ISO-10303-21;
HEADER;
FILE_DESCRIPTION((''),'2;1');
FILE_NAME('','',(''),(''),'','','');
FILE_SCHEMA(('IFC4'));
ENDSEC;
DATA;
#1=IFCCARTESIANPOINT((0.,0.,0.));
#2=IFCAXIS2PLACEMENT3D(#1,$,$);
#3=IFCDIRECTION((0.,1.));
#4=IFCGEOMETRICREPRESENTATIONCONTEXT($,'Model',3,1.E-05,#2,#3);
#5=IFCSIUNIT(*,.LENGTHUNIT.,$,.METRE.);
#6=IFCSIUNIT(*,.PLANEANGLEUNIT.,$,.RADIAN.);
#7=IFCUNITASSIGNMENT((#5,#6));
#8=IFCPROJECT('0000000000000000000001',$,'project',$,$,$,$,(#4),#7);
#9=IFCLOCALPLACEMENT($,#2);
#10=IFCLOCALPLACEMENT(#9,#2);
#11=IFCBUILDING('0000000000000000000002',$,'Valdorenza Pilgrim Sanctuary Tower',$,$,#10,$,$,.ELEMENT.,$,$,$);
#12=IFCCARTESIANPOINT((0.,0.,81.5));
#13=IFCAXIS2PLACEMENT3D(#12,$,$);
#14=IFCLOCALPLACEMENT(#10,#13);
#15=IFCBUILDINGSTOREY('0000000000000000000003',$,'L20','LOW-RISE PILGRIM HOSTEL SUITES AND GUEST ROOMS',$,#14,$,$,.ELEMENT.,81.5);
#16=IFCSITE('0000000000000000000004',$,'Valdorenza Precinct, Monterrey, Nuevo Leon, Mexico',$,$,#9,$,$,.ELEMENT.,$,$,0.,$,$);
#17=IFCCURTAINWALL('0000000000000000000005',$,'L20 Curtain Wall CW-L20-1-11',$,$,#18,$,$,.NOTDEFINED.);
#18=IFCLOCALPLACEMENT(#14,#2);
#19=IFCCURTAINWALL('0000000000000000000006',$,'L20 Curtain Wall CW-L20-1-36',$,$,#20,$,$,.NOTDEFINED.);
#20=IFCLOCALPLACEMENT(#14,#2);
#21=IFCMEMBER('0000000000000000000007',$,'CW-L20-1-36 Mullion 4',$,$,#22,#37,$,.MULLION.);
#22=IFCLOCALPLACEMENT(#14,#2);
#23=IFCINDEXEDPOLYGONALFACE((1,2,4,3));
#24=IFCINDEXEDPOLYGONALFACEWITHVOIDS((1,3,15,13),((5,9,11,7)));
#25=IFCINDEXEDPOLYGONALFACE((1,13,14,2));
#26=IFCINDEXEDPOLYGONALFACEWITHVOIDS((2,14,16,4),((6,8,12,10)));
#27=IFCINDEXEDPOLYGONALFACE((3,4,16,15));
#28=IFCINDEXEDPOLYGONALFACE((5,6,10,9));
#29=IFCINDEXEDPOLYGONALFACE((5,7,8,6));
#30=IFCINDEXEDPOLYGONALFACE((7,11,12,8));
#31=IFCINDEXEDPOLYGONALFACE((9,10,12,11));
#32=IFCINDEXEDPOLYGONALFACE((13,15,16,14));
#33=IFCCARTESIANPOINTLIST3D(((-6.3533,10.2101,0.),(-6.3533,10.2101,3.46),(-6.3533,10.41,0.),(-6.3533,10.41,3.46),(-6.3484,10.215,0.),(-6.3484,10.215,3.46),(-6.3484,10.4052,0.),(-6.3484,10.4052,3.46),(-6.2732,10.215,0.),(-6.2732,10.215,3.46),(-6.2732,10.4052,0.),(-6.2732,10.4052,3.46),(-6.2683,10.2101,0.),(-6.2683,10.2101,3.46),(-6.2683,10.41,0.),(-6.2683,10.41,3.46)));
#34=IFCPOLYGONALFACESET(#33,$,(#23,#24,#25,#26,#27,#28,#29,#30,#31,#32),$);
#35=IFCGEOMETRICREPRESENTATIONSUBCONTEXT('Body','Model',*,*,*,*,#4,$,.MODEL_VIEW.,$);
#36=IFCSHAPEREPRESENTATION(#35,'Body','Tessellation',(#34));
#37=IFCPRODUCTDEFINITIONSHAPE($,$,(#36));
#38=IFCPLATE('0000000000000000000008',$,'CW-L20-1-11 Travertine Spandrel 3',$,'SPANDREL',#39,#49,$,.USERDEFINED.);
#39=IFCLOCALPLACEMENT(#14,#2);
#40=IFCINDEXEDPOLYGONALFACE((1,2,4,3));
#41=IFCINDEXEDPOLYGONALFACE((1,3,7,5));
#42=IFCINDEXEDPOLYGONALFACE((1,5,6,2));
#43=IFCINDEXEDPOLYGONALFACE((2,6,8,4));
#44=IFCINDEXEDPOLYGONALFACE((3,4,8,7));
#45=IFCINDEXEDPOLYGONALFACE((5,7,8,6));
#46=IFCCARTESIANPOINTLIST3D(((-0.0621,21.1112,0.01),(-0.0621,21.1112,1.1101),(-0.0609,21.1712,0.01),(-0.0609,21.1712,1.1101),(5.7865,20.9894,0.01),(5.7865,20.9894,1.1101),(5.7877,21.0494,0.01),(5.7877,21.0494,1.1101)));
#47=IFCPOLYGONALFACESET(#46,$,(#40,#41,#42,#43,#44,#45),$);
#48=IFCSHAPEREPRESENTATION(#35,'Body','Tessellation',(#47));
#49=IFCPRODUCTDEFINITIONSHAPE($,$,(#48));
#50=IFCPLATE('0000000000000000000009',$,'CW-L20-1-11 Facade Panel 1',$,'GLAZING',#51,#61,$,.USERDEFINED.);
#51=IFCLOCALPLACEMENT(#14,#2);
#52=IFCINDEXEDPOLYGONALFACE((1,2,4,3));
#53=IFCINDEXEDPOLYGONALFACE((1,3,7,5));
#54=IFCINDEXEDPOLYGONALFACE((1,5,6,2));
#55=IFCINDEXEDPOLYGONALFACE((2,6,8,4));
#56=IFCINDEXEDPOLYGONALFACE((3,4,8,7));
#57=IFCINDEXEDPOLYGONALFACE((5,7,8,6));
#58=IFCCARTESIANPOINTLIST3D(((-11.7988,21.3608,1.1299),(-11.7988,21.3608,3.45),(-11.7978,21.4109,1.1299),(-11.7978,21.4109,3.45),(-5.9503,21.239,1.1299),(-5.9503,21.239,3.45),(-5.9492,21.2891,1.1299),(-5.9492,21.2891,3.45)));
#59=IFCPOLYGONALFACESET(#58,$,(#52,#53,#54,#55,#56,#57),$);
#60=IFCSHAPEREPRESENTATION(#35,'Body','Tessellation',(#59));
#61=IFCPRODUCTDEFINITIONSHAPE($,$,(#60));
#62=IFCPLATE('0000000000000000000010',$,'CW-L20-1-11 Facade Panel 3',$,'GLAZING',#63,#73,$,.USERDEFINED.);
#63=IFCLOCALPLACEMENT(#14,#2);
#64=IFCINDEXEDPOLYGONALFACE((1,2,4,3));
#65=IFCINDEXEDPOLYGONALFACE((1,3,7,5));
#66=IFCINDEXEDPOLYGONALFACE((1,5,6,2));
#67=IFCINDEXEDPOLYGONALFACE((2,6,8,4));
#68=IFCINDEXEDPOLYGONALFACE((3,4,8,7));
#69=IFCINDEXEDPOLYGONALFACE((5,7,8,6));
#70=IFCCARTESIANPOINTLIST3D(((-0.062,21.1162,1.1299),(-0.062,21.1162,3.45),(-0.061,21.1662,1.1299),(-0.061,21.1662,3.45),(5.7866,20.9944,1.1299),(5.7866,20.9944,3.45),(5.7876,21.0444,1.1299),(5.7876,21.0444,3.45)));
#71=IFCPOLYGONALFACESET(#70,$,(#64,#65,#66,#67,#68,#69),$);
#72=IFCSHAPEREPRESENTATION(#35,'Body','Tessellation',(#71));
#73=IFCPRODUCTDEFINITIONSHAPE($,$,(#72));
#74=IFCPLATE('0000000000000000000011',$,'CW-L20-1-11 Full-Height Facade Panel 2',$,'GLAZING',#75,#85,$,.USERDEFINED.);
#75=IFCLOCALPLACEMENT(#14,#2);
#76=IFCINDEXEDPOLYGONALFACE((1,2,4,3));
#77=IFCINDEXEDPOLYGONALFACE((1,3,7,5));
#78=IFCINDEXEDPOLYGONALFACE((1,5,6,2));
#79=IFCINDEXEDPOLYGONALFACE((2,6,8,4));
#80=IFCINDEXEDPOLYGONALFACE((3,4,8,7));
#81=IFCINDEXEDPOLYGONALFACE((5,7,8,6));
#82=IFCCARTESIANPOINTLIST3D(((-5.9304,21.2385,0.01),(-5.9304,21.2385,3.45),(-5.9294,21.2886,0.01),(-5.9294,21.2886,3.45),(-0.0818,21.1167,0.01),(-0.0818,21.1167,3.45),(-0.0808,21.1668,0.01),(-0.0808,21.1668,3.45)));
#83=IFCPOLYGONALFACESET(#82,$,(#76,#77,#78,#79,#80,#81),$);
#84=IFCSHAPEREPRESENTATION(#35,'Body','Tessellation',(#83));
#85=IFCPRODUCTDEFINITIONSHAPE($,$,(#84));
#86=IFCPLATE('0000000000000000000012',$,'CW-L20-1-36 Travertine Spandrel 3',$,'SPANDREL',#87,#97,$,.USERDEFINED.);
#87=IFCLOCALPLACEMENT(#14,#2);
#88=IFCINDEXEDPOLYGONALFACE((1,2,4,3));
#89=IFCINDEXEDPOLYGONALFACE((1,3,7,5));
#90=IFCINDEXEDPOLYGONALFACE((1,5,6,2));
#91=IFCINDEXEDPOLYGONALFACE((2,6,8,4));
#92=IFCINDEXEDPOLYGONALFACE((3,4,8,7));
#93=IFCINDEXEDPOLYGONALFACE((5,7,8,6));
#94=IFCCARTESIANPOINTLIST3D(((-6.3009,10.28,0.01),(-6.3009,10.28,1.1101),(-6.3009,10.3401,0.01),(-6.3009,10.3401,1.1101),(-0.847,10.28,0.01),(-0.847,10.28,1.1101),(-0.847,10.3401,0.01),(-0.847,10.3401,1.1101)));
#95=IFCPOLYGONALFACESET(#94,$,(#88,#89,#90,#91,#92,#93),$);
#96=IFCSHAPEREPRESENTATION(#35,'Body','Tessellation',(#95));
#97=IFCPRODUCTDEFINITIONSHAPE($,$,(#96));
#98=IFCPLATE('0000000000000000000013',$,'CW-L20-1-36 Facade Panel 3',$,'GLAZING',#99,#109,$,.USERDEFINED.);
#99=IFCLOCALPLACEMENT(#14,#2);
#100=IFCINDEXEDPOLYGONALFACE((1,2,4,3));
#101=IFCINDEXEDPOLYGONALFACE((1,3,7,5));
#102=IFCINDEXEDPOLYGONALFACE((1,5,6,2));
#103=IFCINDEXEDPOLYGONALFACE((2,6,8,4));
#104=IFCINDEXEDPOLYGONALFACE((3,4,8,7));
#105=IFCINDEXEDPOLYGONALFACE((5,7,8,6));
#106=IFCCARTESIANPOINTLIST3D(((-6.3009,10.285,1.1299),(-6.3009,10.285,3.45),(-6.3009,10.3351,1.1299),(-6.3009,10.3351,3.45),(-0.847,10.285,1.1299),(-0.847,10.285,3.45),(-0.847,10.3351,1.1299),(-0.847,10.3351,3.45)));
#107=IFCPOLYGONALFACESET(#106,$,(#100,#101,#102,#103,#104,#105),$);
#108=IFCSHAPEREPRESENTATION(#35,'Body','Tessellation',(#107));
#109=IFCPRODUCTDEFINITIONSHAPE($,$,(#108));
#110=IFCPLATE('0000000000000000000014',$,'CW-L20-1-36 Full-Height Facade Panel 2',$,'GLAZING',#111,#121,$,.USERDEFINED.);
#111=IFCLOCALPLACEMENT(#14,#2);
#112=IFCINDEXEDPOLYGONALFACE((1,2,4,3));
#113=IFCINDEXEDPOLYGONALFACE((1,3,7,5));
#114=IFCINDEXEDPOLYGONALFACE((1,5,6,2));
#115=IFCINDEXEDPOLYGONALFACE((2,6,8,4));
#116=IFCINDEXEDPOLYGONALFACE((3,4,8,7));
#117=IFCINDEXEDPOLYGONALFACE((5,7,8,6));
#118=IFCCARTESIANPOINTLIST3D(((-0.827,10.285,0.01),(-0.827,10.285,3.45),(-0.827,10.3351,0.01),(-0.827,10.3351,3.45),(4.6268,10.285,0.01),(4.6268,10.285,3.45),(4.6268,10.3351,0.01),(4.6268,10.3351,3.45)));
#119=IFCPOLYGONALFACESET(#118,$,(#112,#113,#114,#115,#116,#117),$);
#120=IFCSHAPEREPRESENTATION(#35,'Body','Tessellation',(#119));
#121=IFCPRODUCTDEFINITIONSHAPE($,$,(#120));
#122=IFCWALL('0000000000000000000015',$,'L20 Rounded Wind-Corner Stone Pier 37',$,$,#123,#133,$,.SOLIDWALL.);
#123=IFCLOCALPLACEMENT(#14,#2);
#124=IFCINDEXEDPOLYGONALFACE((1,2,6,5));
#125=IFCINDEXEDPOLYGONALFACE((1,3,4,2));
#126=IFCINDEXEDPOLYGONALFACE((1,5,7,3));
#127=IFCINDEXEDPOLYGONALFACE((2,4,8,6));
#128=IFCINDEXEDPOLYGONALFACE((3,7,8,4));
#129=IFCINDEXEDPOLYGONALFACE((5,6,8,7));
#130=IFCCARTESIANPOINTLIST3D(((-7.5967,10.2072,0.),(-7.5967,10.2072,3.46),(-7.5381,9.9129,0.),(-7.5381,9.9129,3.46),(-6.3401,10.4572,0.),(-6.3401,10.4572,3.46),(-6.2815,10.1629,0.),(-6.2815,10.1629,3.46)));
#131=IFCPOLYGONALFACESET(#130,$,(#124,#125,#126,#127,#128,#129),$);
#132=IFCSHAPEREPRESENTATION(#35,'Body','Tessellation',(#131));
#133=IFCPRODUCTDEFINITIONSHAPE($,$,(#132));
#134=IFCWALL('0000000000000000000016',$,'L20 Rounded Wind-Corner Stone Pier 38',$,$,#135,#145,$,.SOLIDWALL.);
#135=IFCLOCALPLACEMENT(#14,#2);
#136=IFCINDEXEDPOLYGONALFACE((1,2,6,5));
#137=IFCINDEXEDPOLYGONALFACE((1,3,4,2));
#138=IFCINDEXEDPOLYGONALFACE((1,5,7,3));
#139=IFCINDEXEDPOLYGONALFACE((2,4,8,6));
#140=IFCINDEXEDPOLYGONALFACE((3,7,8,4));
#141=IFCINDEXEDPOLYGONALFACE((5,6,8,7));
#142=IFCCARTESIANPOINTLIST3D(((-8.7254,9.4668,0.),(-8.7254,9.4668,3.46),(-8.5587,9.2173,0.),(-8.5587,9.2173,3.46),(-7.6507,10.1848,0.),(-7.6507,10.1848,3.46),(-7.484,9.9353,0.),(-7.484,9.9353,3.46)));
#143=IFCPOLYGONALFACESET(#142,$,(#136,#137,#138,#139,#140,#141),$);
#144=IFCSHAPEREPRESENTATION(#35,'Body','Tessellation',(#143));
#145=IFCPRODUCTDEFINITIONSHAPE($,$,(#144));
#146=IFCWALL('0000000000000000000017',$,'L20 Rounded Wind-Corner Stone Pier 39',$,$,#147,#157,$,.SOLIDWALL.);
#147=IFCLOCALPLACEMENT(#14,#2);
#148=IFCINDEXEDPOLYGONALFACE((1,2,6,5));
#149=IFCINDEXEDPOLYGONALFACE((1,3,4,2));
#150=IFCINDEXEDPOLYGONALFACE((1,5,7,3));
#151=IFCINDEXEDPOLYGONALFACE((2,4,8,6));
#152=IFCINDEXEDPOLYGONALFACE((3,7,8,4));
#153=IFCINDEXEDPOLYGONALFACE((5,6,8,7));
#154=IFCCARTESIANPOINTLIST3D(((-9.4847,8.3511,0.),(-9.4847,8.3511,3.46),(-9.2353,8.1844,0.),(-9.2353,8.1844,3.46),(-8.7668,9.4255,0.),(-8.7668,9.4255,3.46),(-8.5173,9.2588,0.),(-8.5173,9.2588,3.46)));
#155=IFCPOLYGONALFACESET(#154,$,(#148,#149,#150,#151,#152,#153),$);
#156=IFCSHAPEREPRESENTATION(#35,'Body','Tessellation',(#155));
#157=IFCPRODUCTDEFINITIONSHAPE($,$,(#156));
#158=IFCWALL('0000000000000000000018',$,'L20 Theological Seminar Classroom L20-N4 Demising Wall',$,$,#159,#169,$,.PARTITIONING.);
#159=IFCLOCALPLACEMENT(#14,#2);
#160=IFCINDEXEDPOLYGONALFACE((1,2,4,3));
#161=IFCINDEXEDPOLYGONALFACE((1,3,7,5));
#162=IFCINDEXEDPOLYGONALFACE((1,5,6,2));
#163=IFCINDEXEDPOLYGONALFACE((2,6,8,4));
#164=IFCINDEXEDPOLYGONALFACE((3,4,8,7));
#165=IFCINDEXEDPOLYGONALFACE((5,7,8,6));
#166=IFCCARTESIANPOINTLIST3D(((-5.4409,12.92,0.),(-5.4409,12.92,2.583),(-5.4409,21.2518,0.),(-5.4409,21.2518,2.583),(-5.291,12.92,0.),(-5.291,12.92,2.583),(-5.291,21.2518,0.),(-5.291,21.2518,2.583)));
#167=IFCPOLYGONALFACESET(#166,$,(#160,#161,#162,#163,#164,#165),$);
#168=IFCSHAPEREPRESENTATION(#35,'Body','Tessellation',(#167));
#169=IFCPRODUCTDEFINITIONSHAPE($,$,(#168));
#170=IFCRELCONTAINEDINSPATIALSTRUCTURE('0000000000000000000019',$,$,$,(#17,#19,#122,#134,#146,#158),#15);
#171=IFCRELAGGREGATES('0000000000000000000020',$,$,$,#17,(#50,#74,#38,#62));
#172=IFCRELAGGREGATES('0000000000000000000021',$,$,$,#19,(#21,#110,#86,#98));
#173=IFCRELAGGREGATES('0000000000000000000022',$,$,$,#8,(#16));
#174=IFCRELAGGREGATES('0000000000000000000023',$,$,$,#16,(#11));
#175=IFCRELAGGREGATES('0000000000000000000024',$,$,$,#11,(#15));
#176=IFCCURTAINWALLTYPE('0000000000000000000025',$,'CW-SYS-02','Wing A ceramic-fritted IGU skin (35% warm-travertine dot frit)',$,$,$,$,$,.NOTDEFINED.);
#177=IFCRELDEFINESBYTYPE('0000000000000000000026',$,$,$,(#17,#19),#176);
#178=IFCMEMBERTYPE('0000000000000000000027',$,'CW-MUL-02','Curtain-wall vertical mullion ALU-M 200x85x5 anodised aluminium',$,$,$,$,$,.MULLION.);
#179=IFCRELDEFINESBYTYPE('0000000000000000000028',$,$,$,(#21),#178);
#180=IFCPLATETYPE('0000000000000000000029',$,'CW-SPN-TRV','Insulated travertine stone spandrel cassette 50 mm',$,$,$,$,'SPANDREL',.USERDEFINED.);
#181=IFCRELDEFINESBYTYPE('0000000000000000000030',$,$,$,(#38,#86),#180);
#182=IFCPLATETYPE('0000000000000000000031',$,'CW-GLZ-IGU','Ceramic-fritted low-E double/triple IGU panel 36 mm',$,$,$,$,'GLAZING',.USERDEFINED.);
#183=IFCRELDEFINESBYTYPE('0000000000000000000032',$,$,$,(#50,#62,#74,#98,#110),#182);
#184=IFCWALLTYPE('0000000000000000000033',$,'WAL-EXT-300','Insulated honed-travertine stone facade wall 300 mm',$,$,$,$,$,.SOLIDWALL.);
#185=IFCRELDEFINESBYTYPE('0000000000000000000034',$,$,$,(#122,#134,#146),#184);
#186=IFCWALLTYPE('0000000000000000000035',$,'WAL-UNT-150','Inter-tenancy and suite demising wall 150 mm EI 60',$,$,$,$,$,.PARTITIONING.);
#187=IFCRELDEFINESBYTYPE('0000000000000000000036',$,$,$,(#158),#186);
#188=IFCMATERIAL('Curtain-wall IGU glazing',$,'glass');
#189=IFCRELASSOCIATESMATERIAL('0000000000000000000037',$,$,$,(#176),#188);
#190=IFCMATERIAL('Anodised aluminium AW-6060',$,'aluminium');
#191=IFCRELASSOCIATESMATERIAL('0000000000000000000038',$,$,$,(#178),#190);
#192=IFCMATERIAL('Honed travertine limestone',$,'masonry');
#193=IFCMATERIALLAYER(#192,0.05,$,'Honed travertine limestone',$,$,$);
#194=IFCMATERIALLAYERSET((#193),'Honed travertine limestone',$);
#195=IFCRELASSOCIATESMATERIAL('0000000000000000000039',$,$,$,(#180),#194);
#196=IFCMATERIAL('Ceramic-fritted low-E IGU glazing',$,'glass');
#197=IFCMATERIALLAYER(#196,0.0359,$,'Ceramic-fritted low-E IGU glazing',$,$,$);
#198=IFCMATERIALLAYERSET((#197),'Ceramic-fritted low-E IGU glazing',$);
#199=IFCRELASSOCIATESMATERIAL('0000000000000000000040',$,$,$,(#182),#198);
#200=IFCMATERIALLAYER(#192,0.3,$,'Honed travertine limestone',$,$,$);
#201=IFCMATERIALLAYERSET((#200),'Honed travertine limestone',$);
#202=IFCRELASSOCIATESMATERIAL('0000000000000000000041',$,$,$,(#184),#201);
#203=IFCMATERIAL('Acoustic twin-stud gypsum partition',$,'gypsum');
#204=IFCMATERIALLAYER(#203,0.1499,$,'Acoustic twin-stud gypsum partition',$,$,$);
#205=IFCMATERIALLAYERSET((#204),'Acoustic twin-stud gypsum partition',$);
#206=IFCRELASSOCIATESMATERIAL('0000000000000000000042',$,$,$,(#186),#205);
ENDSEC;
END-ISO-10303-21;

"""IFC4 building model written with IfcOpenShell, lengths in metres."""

from ifc_helpers import new_model, si_unit, direction, frame, frame_2d, origin, origin_2d, place, context, subcontext, project, spatial, rectangle, hollow_rectangle, extrude, source, transform, mapped, material, layer, layer_set, material_profile, profile_set, type_object, element, aggregate, save


model = new_model("IFC4")

# Units and contexts
model_context = context("Model", 3, precision=1e-05, world=origin(), true_north=direction((0.0, 1.0)))
body_context = subcontext(model_context, "Body", "Model", "MODEL_VIEW")
ifc_project = project(units=[si_unit("LENGTHUNIT", "METRE"), si_unit("PLANEANGLEUNIT", "RADIAN")], contexts=[model_context])

# Site, building, storey
site_placement = place(None, origin())
site = spatial("IfcSite", under=ifc_project, at=site_placement, Name="Valdorenza Precinct, Monterrey, Nuevo Leon, Mexico", CompositionType="ELEMENT", RefElevation=0.0)
building_placement = place(site_placement, origin())
building = spatial("IfcBuilding", under=site, at=building_placement, Name="Valdorenza Pilgrim Sanctuary Tower", CompositionType="ELEMENT")
storey_placement = place(building_placement, frame((0.0, 0.0, 81.5)))
storey = spatial("IfcBuildingStorey", under=building, at=storey_placement, Name="L20", Description="LOW-RISE PILGRIM HOSTEL SUITES AND GUEST ROOMS", CompositionType="ELEMENT", Elevation=81.5)

# Curtain walls, member
ifc_material_1 = material(Name="Curtain-wall IGU glazing", Category="glass")
curtain_wall_type = type_object("IfcCurtainWallType", Name="CW-SYS-02", Description="Wing A ceramic-fritted IGU skin (35% warm-travertine dot frit)", PredefinedType="NOTDEFINED", material=ifc_material_1)
curtain_wall_1_placement = place(storey_placement, origin())
curtain_wall_1 = element("IfcCurtainWall", 1, at=curtain_wall_1_placement, inside=storey, type_object=curtain_wall_type, Name="L20 Curtain Wall CW-L20-1-11", PredefinedType="NOTDEFINED")
ifc_material_2 = material(Name="Anodised aluminium AW-6060", Category="aluminium")
ifc_material_profile_1 = material_profile(ifc_material_2, hollow_rectangle(XDim=0.085, YDim=0.2, WallThickness=0.0049, at=origin_2d()), Name="ALU-M 200x85x5")
ifc_profile_set_1 = profile_set([ifc_material_profile_1], Name="Anodised aluminium AW-6060")
member_type = type_object("IfcMemberType", Name="CW-MUL-02", Description="Curtain-wall vertical mullion ALU-M 200x85x5 anodised aluminium", PredefinedType="MULLION", material=ifc_profile_set_1)
shared_shape_1 = source(origin(), body_context, "Body", "SweptSolid", [
    extrude(hollow_rectangle(XDim=0.085, YDim=0.2, WallThickness=0.0049, at=origin_2d()), origin(), (0.0, 0.0, 1.0), 3.46),
])
curtain_wall_2_placement = place(storey_placement, origin())
curtain_wall_2 = element("IfcCurtainWall", 2, at=curtain_wall_2_placement, inside=storey, type_object=curtain_wall_type, Name="L20 Curtain Wall CW-L20-1-36", PredefinedType="NOTDEFINED")
member_1_placement = place(storey_placement, frame((-6.3108, 10.3101, 0.0), z_axis=(0.0, 0.0, 1.0), x_axis=(-1.0, 0.0, 0.0)))
member_1 = element("IfcMember", 3, at=member_1_placement, type_object=member_type, Name="CW-L20-1-36 Mullion 4", PredefinedType="MULLION", context=body_context, shape_type="MappedRepresentation", body=[
    mapped(shared_shape_1, transform((0.0, 0.0, 0.0), x_axis=(1.0, 0.0, 0.0), y_axis=(0.0, 1.0, 0.0), z_axis=(0.0, 0.0, 1.0), scale=1.0)),
])

# Plates
ifc_material_3 = material(Name="Honed travertine limestone", Category="masonry")
ifc_layer_1 = layer(ifc_material_3, 0.05, Name="Honed travertine limestone")
ifc_layer_set_1 = layer_set([ifc_layer_1], Name="Honed travertine limestone")
plate_type_1 = type_object("IfcPlateType", Name="CW-SPN-TRV", Description="Insulated travertine stone spandrel cassette 50 mm", ElementType="SPANDREL", PredefinedType="USERDEFINED", material=ifc_layer_set_1)
shared_shape_2 = source(origin(), body_context, "Body", "SweptSolid", [
    extrude(rectangle(XDim=5.8499, YDim=0.0601, at=origin_2d()), origin(), (0.0, 0.0, 1.0), 1.1001),
])
plate_1_placement = place(storey_placement, frame((2.8628, 21.0803, 0.01), z_axis=(0.0, 0.0, 1.0), x_axis=(0.999783, -0.02082, 0.0)))
plate_1 = element("IfcPlate", 4, at=plate_1_placement, type_object=plate_type_1, Name="CW-L20-1-11 Travertine Spandrel 3", ObjectType="SPANDREL", PredefinedType="USERDEFINED", context=body_context, shape_type="MappedRepresentation", body=[
    mapped(shared_shape_2, transform((0.0, 0.0, 0.0), x_axis=(1.0, 0.0, 0.0), y_axis=(0.0, 1.0, 0.0), z_axis=(0.0, 0.0, 1.0), scale=1.0)),
])
ifc_material_4 = material(Name="Ceramic-fritted low-E IGU glazing", Category="glass")
ifc_layer_2 = layer(ifc_material_4, 0.0359, Name="Ceramic-fritted low-E IGU glazing")
ifc_layer_set_2 = layer_set([ifc_layer_2], Name="Ceramic-fritted low-E IGU glazing")
plate_type_2 = type_object("IfcPlateType", Name="CW-GLZ-IGU", Description="Ceramic-fritted low-E double/triple IGU panel 36 mm", ElementType="GLAZING", PredefinedType="USERDEFINED", material=ifc_layer_set_2)
shared_shape_3 = source(origin(), body_context, "Body", "SweptSolid", [
    extrude(rectangle(XDim=5.8499, YDim=0.05, at=origin_2d()), origin(), (0.0, 0.0, 1.0), 2.3201),
])
plate_2_placement = place(storey_placement, frame((-8.874, 21.325, 1.1299), z_axis=(0.0, 0.0, 1.0), x_axis=(0.999783, -0.02082, 0.0)))
plate_2 = element("IfcPlate", 5, at=plate_2_placement, type_object=plate_type_2, Name="CW-L20-1-11 Facade Panel 1", ObjectType="GLAZING", PredefinedType="USERDEFINED", context=body_context, shape_type="MappedRepresentation", body=[
    mapped(shared_shape_3, transform((0.0, 0.0, 0.0), x_axis=(1.0, 0.0, 0.0), y_axis=(0.0, 1.0, 0.0), z_axis=(0.0, 0.0, 1.0), scale=1.0)),
])
plate_3_placement = place(storey_placement, frame((2.8628, 21.0803, 1.1299), z_axis=(0.0, 0.0, 1.0), x_axis=(0.999783, -0.02082, 0.0)))
plate_3 = element("IfcPlate", 6, at=plate_3_placement, type_object=plate_type_2, Name="CW-L20-1-11 Facade Panel 3", ObjectType="GLAZING", PredefinedType="USERDEFINED", context=body_context, shape_type="MappedRepresentation", body=[
    mapped(shared_shape_3, transform((0.0, 0.0, 0.0), x_axis=(1.0, 0.0, 0.0), y_axis=(0.0, 1.0, 0.0), z_axis=(0.0, 0.0, 1.0), scale=1.0)),
])
shared_shape_4 = source(origin(), body_context, "Body", "SweptSolid", [
    extrude(rectangle(XDim=5.8499, YDim=0.05, at=origin_2d()), origin(), (0.0, 0.0, 1.0), 3.4399),
])
plate_4_placement = place(storey_placement, frame((-3.0056, 21.2026, 0.01), z_axis=(0.0, 0.0, 1.0), x_axis=(0.999783, -0.02082, 0.0)))
plate_4 = element("IfcPlate", 7, at=plate_4_placement, type_object=plate_type_2, Name="CW-L20-1-11 Full-Height Facade Panel 2", ObjectType="GLAZING", PredefinedType="USERDEFINED", context=body_context, shape_type="MappedRepresentation", body=[
    mapped(shared_shape_4, transform((0.0, 0.0, 0.0), x_axis=(1.0, 0.0, 0.0), y_axis=(0.0, 1.0, 0.0), z_axis=(0.0, 0.0, 1.0), scale=1.0)),
])
aggregate(curtain_wall_1, [plate_2, plate_4, plate_1, plate_3])
shared_shape_5 = source(origin(), body_context, "Body", "SweptSolid", [
    extrude(rectangle(XDim=5.4539, YDim=0.0601, at=origin_2d()), origin(), (0.0, 0.0, 1.0), 1.1001),
])
plate_5_placement = place(storey_placement, frame((-3.574, 10.3101, 0.01), z_axis=(0.0, 0.0, 1.0), x_axis=(-1.0, 0.0, 0.0)))
plate_5 = element("IfcPlate", 8, at=plate_5_placement, type_object=plate_type_1, Name="CW-L20-1-36 Travertine Spandrel 3", ObjectType="SPANDREL", PredefinedType="USERDEFINED", context=body_context, shape_type="MappedRepresentation", body=[
    mapped(shared_shape_5, transform((0.0, 0.0, 0.0), x_axis=(1.0, 0.0, 0.0), y_axis=(0.0, 1.0, 0.0), z_axis=(0.0, 0.0, 1.0), scale=1.0)),
])
shared_shape_6 = source(origin(), body_context, "Body", "SweptSolid", [
    extrude(rectangle(XDim=5.4539, YDim=0.05, at=origin_2d()), origin(), (0.0, 0.0, 1.0), 2.3201),
])
plate_6_placement = place(storey_placement, frame((-3.574, 10.3101, 1.1299), z_axis=(0.0, 0.0, 1.0), x_axis=(-1.0, 0.0, 0.0)))
plate_6 = element("IfcPlate", 9, at=plate_6_placement, type_object=plate_type_2, Name="CW-L20-1-36 Facade Panel 3", ObjectType="GLAZING", PredefinedType="USERDEFINED", context=body_context, shape_type="MappedRepresentation", body=[
    mapped(shared_shape_6, transform((0.0, 0.0, 0.0), x_axis=(1.0, 0.0, 0.0), y_axis=(0.0, 1.0, 0.0), z_axis=(0.0, 0.0, 1.0), scale=1.0)),
])
shared_shape_7 = source(origin(), body_context, "Body", "SweptSolid", [
    extrude(rectangle(XDim=5.4539, YDim=0.05, at=origin_2d()), origin(), (0.0, 0.0, 1.0), 3.4399),
])
plate_7_placement = place(storey_placement, frame((1.8999, 10.3101, 0.01), z_axis=(0.0, 0.0, 1.0), x_axis=(-1.0, 0.0, 0.0)))
plate_7 = element("IfcPlate", 10, at=plate_7_placement, type_object=plate_type_2, Name="CW-L20-1-36 Full-Height Facade Panel 2", ObjectType="GLAZING", PredefinedType="USERDEFINED", context=body_context, shape_type="MappedRepresentation", body=[
    mapped(shared_shape_7, transform((0.0, 0.0, 0.0), x_axis=(1.0, 0.0, 0.0), y_axis=(0.0, 1.0, 0.0), z_axis=(0.0, 0.0, 1.0), scale=1.0)),
])
aggregate(curtain_wall_2, [member_1, plate_7, plate_5, plate_6])

# Walls
ifc_layer_3 = layer(ifc_material_3, 0.3, Name="Honed travertine limestone")
ifc_layer_set_3 = layer_set([ifc_layer_3], Name="Honed travertine limestone")
wall_type_1 = type_object("IfcWallType", Name="WAL-EXT-300", Description="Insulated honed-travertine stone facade wall 300 mm", PredefinedType="SOLIDWALL", material=ifc_layer_set_3)
wall_1_placement = place(storey_placement, frame((-6.3108, 10.3101, 0.0), z_axis=(0.0, 0.0, 1.0), x_axis=(-0.980778, -0.195127, 0.0)))
element("IfcWall", 11, at=wall_1_placement, inside=storey, type_object=wall_type_1, Name="L20 Rounded Wind-Corner Stone Pier 37", PredefinedType="SOLIDWALL", context=body_context, shape_type="SweptSolid", body=[
    extrude(rectangle(XDim=1.2812, YDim=0.3, at=frame_2d((0.6406, 0.0))), origin(), (0.0, 0.0, 1.0), 3.46),
])
wall_2_placement = place(storey_placement, frame((-7.5674, 10.0601, 0.0), z_axis=(0.0, 0.0, 1.0), x_axis=(-0.831498, -0.555528, 0.0)))
element("IfcWall", 12, at=wall_2_placement, inside=storey, type_object=wall_type_1, Name="L20 Rounded Wind-Corner Stone Pier 38", PredefinedType="SOLIDWALL", context=body_context, shape_type="SweptSolid", body=[
    extrude(rectangle(XDim=1.2925, YDim=0.3, at=frame_2d((0.6462, 0.0))), origin(), (0.0, 0.0, 1.0), 3.46),
])
wall_3_placement = place(storey_placement, frame((-8.6421, 9.342, 0.0), z_axis=(0.0, 0.0, 1.0), x_axis=(-0.555615, -0.831439, 0.0)))
element("IfcWall", 13, at=wall_3_placement, inside=storey, type_object=wall_type_1, Name="L20 Rounded Wind-Corner Stone Pier 39", PredefinedType="SOLIDWALL", context=body_context, shape_type="SweptSolid", body=[
    extrude(rectangle(XDim=1.2922, YDim=0.3, at=frame_2d((0.646, 0.0))), origin(), (0.0, 0.0, 1.0), 3.46),
])
ifc_material_5 = material(Name="Acoustic twin-stud gypsum partition", Category="gypsum")
ifc_layer_4 = layer(ifc_material_5, 0.1499, Name="Acoustic twin-stud gypsum partition")
ifc_layer_set_4 = layer_set([ifc_layer_4], Name="Acoustic twin-stud gypsum partition")
wall_type_2 = type_object("IfcWallType", Name="WAL-UNT-150", Description="Inter-tenancy and suite demising wall 150 mm EI 60", PredefinedType="PARTITIONING", material=ifc_layer_set_4)
wall_4_placement = place(storey_placement, frame((-5.366, 12.9199, 0.0), z_axis=(0.0, 0.0, 1.0), x_axis=(0.0, 1.0, 0.0)))
element("IfcWall", 14, at=wall_4_placement, inside=storey, type_object=wall_type_2, Name="L20 Theological Seminar Classroom L20-N4 Demising Wall", PredefinedType="PARTITIONING", context=body_context, shape_type="SweptSolid", body=[
    extrude(rectangle(XDim=8.3318, YDim=0.1499, at=frame_2d((4.166, 0.0))), origin(), (0.0, 0.0, 1.0), 2.583),
])

save(model, "model.ifc")
